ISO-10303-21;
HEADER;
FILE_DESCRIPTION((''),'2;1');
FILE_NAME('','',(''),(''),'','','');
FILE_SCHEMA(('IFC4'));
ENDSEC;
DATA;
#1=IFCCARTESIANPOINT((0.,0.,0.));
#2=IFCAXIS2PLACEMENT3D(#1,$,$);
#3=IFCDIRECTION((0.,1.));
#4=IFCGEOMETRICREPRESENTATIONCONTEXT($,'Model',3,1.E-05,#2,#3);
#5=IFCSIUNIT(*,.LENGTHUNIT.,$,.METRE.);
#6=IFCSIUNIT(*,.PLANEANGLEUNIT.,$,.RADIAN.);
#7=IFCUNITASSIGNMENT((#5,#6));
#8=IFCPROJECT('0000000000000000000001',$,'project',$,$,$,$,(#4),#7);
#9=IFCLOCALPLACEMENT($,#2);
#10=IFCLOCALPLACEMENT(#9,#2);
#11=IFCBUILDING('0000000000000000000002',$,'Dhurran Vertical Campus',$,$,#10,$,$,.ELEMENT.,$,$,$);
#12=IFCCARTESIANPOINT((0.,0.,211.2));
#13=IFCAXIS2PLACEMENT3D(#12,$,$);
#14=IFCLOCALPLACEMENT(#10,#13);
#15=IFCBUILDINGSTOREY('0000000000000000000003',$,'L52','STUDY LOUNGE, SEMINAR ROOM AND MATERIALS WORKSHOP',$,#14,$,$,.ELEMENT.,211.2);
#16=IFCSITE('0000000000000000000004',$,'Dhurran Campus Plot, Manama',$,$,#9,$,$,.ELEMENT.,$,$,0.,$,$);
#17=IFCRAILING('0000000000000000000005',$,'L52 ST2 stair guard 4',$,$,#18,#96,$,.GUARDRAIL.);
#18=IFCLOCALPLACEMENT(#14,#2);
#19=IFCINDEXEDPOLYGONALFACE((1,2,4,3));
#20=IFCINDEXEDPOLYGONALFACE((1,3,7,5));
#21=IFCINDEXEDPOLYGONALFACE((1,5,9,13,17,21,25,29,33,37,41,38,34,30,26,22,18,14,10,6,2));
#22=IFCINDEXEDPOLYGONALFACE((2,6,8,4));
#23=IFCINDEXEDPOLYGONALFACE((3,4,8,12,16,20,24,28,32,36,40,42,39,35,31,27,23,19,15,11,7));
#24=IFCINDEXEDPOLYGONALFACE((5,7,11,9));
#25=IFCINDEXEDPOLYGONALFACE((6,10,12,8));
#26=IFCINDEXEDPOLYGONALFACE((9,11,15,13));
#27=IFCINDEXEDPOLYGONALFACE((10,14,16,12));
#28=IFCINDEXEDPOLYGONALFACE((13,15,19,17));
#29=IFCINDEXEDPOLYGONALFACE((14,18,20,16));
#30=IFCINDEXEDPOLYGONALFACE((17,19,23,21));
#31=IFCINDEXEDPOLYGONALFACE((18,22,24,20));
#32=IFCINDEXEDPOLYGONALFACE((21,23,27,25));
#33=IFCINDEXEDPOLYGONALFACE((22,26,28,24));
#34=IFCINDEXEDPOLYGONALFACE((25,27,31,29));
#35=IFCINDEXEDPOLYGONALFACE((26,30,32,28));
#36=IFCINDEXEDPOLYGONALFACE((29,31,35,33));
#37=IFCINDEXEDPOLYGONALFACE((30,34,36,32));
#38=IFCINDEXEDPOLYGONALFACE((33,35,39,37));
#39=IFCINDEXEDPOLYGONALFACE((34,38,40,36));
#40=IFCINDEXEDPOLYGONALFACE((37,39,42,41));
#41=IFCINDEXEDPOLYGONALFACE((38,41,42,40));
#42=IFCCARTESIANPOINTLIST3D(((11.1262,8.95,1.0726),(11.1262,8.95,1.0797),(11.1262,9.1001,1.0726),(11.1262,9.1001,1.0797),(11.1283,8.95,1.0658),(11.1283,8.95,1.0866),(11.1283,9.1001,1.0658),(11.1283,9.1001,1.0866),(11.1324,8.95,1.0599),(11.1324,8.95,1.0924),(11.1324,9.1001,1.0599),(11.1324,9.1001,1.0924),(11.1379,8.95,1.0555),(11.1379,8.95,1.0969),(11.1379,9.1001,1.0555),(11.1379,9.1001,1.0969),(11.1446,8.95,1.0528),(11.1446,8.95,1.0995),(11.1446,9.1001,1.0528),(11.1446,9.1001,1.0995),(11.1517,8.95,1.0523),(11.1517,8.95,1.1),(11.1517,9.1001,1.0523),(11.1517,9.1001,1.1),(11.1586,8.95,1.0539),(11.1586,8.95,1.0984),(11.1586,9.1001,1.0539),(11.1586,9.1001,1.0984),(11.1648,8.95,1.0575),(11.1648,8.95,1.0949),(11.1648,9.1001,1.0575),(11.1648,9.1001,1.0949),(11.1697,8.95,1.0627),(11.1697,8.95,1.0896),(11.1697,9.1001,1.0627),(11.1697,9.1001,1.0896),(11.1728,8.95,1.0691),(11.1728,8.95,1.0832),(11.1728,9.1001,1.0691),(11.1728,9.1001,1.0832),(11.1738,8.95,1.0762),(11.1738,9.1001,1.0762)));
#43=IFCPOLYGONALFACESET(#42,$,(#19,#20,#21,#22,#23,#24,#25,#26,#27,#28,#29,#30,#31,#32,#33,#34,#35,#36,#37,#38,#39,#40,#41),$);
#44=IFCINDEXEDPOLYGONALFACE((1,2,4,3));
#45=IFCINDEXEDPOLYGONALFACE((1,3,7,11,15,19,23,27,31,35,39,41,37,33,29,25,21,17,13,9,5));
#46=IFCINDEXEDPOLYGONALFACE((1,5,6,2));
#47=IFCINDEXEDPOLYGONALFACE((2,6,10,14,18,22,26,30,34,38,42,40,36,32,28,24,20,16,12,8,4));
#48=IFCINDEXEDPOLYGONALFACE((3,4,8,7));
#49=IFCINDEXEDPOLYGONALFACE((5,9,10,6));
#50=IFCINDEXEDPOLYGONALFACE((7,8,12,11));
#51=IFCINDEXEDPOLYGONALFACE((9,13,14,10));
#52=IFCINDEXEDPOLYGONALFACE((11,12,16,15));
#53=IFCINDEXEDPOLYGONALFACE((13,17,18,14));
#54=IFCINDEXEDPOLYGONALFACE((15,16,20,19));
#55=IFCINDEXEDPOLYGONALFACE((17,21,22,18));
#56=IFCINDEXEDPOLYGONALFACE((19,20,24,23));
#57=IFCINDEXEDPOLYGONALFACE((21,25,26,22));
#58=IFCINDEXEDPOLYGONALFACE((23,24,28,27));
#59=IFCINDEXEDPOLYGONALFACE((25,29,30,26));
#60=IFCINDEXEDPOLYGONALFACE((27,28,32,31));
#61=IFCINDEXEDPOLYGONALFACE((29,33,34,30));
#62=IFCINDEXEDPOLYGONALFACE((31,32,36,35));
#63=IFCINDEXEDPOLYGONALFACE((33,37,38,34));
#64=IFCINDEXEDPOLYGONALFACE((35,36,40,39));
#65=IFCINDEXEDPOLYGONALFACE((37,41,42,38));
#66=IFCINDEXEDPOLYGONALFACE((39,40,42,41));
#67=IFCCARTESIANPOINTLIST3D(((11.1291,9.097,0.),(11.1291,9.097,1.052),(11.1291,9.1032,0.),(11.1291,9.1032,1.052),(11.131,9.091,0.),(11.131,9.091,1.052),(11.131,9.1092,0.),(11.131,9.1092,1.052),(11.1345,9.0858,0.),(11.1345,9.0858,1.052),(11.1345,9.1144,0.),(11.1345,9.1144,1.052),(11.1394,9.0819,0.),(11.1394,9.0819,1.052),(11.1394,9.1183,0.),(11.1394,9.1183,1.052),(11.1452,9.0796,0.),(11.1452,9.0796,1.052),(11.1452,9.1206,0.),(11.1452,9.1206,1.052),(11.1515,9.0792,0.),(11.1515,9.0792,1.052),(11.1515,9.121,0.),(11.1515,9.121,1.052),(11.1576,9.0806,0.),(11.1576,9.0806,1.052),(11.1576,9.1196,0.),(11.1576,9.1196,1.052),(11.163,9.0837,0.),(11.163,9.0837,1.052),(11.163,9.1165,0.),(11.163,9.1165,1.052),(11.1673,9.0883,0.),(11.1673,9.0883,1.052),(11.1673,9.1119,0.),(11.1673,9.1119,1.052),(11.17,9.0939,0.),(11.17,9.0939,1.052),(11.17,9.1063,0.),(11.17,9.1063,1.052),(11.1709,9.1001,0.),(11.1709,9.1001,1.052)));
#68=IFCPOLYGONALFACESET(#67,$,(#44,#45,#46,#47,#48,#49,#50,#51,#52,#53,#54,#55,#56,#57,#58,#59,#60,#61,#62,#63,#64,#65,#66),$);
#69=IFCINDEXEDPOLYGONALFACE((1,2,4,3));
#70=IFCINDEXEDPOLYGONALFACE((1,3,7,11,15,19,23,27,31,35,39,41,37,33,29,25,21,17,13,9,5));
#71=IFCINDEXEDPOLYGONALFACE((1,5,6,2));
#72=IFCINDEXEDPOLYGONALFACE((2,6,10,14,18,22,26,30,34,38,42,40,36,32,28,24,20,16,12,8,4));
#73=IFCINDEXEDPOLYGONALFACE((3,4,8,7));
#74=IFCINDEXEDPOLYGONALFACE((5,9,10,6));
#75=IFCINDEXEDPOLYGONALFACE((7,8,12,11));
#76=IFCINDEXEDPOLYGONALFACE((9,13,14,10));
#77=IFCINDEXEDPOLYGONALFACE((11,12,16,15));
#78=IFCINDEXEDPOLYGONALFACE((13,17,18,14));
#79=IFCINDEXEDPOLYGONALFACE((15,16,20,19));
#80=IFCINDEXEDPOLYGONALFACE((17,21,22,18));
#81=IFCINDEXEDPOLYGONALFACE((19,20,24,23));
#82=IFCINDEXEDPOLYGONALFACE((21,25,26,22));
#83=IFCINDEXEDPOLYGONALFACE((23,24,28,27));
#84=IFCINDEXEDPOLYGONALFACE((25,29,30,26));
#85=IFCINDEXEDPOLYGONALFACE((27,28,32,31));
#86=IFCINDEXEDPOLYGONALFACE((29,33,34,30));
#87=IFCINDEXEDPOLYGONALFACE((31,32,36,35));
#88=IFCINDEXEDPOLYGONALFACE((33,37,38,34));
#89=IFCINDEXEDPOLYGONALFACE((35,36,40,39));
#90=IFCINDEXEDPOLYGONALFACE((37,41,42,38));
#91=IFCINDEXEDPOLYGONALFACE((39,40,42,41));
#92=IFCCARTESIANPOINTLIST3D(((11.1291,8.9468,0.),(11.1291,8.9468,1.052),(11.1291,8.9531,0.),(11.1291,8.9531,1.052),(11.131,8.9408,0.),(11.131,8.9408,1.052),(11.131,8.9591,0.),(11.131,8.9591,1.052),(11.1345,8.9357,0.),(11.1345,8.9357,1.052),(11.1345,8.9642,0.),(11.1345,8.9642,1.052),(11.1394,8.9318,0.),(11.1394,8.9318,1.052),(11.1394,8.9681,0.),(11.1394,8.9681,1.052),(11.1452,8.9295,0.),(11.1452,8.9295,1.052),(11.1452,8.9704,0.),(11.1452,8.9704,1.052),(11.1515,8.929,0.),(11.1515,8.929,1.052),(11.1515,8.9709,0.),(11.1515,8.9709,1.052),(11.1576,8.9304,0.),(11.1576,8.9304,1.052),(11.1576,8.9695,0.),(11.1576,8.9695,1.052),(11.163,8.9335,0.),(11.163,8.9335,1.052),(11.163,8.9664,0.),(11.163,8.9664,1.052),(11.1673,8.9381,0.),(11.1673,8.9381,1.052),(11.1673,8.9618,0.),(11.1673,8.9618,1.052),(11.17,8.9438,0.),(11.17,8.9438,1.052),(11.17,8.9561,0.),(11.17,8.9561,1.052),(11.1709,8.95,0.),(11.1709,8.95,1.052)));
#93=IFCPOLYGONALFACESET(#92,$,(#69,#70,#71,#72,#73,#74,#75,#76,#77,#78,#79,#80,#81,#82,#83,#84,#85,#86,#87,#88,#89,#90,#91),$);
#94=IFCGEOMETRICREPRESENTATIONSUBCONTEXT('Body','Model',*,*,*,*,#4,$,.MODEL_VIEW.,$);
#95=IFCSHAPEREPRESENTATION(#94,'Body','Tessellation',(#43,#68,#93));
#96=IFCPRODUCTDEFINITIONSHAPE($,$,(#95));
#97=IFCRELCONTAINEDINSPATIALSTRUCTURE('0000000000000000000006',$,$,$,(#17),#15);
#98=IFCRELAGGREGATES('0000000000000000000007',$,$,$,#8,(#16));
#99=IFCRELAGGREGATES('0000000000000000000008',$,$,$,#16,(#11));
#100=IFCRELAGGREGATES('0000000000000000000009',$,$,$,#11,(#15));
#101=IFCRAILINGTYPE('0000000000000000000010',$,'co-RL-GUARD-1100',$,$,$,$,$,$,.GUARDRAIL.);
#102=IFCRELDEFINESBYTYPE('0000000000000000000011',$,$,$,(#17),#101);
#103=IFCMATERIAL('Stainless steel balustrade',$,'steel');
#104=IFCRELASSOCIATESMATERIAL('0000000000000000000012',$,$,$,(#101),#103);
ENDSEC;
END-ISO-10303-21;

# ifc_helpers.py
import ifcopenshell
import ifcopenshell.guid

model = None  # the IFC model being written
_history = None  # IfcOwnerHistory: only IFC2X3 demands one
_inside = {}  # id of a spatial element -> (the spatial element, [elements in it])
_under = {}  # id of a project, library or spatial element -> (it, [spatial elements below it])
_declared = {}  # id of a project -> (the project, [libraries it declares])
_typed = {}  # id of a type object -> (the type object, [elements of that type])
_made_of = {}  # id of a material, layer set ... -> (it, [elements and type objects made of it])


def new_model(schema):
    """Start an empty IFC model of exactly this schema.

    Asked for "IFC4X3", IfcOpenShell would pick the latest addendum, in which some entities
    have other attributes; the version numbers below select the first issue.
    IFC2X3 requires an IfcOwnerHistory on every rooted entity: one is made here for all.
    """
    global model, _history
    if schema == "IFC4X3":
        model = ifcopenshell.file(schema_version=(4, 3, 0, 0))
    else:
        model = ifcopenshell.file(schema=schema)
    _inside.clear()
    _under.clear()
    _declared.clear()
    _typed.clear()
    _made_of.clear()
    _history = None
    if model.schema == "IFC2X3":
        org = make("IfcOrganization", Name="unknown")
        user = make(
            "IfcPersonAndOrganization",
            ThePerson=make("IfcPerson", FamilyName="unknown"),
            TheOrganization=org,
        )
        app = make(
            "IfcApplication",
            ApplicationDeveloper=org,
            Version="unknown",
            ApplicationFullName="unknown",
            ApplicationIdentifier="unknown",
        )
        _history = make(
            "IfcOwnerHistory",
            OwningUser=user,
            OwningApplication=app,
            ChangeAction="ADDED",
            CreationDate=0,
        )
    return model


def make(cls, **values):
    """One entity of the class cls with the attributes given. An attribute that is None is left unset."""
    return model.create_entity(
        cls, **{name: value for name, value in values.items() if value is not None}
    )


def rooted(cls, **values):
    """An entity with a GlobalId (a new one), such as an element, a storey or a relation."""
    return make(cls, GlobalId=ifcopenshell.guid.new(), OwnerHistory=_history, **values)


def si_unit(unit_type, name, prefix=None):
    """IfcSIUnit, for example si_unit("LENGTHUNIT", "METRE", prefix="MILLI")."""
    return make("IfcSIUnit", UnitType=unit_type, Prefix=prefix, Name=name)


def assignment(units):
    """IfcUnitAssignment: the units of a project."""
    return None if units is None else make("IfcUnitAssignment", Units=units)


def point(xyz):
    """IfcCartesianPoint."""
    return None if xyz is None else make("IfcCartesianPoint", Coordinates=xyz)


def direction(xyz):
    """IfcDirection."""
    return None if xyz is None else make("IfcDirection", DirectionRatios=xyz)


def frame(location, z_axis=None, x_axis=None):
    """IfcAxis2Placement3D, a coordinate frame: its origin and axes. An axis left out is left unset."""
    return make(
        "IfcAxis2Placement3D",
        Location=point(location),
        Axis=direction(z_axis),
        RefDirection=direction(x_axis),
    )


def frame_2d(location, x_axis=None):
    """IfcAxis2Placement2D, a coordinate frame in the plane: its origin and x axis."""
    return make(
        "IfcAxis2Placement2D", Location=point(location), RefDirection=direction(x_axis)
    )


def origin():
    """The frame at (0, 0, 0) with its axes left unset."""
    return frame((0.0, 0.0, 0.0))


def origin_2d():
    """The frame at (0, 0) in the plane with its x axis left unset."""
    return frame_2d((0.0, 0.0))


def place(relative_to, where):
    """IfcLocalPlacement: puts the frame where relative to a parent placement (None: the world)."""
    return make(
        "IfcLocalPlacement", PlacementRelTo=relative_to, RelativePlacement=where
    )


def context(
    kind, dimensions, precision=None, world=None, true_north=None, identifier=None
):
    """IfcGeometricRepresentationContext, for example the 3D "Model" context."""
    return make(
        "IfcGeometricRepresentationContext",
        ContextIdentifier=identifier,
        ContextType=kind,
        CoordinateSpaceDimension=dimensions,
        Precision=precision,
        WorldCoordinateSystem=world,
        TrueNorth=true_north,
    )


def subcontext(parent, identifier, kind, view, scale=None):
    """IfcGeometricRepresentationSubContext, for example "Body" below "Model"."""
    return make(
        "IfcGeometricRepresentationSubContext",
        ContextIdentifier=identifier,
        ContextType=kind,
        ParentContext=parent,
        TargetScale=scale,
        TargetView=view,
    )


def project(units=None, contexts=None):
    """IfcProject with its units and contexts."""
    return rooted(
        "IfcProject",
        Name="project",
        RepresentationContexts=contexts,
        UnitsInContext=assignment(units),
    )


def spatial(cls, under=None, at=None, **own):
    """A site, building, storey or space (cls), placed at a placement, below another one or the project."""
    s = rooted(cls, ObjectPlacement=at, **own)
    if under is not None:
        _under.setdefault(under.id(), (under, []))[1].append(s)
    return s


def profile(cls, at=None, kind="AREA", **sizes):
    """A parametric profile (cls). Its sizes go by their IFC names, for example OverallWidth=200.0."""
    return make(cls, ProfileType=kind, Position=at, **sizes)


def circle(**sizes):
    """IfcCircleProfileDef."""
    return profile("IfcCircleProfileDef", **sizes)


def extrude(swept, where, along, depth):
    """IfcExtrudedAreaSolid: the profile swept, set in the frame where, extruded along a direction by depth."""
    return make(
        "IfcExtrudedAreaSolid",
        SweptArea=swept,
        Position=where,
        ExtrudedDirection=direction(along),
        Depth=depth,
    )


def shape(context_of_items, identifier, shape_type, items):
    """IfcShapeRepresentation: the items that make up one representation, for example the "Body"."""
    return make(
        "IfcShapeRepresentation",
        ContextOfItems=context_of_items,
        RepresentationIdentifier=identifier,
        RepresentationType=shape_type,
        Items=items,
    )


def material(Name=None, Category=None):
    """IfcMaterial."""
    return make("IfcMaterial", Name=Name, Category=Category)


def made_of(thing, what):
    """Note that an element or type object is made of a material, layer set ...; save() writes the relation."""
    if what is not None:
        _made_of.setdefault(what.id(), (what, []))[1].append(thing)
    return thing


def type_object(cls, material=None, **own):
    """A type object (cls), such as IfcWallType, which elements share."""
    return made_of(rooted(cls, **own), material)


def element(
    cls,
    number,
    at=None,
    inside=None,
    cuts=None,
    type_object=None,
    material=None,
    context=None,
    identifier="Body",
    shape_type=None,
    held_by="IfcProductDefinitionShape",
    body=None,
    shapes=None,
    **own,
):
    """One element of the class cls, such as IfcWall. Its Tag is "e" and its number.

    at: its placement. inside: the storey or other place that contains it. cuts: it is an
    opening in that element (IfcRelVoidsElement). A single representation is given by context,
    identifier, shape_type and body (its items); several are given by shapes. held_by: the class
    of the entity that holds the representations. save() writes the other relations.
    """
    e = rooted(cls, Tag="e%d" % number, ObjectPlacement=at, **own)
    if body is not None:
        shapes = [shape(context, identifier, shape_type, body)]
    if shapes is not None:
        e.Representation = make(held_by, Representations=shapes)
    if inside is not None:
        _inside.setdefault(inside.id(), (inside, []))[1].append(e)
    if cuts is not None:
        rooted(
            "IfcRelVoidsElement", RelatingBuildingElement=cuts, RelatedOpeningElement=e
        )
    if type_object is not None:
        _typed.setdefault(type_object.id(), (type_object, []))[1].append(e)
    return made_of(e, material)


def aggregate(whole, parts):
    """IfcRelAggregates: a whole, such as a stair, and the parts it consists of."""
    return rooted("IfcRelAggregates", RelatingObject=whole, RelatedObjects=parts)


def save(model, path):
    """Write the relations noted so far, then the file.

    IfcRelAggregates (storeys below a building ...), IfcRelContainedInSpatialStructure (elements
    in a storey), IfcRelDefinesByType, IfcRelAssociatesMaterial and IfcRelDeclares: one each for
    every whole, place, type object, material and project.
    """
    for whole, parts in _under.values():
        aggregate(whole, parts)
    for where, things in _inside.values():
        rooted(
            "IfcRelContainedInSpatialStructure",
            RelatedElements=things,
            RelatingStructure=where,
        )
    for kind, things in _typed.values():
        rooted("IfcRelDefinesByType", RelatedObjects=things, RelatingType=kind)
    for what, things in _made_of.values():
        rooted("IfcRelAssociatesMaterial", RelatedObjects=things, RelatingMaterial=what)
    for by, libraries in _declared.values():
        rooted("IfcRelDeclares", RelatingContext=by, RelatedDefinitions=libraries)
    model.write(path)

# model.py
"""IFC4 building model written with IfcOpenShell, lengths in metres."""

from ifc_helpers import new_model, si_unit, direction, frame, origin, origin_2d, place, context, subcontext, project, spatial, circle, extrude, material, type_object, element, save


model = new_model("IFC4")

# Units and contexts
model_context = context("Model", 3, precision=1e-05, world=origin(), true_north=direction((0.0, 1.0)))
body_context = subcontext(model_context, "Body", "Model", "MODEL_VIEW")
ifc_project = project(units=[si_unit("LENGTHUNIT", "METRE"), si_unit("PLANEANGLEUNIT", "RADIAN")], contexts=[model_context])

# Site, building, storey
site_placement = place(None, origin())
site = spatial("IfcSite", under=ifc_project, at=site_placement, Name="Dhurran Campus Plot, Manama", CompositionType="ELEMENT", RefElevation=0.0)
building_placement = place(site_placement, origin())
building = spatial("IfcBuilding", under=site, at=building_placement, Name="Dhurran Vertical Campus", CompositionType="ELEMENT")
storey_placement = place(building_placement, frame((0.0, 0.0, 211.2)))
storey = spatial("IfcBuildingStorey", under=building, at=storey_placement, Name="L52", Description="STUDY LOUNGE, SEMINAR ROOM AND MATERIALS WORKSHOP", CompositionType="ELEMENT", Elevation=211.2)

# Railing
ifc_material_1 = material(Name="Stainless steel balustrade", Category="steel")
railing_type_1 = type_object("IfcRailingType", Name="co-RL-GUARD-1100", PredefinedType="GUARDRAIL", material=ifc_material_1)
railing_1_placement = place(storey_placement, frame((11.1499, 9.1001, 0.0)))
element("IfcRailing", 1, at=railing_1_placement, inside=storey, type_object=railing_type_1, Name="L52 ST2 stair guard 4", PredefinedType="GUARDRAIL", context=body_context, shape_type="SweptSolid", body=[
    extrude(circle(Radius=0.0239, at=origin_2d()), frame((0.0, 0.0, 1.0762), z_axis=(0.0, -1.0, 0.0), x_axis=(1.0, 0.0, 0.0)), (0.0, 0.0, 1.0), 0.1501),
    extrude(circle(Radius=0.021, at=origin_2d()), origin(), (0.0, 0.0, 1.0), 1.052),
    extrude(circle(Radius=0.021, at=origin_2d()), frame((0.0, -0.1501, 0.0)), (0.0, 0.0, 1.0), 1.052),
])

save(model, "model.ifc")
